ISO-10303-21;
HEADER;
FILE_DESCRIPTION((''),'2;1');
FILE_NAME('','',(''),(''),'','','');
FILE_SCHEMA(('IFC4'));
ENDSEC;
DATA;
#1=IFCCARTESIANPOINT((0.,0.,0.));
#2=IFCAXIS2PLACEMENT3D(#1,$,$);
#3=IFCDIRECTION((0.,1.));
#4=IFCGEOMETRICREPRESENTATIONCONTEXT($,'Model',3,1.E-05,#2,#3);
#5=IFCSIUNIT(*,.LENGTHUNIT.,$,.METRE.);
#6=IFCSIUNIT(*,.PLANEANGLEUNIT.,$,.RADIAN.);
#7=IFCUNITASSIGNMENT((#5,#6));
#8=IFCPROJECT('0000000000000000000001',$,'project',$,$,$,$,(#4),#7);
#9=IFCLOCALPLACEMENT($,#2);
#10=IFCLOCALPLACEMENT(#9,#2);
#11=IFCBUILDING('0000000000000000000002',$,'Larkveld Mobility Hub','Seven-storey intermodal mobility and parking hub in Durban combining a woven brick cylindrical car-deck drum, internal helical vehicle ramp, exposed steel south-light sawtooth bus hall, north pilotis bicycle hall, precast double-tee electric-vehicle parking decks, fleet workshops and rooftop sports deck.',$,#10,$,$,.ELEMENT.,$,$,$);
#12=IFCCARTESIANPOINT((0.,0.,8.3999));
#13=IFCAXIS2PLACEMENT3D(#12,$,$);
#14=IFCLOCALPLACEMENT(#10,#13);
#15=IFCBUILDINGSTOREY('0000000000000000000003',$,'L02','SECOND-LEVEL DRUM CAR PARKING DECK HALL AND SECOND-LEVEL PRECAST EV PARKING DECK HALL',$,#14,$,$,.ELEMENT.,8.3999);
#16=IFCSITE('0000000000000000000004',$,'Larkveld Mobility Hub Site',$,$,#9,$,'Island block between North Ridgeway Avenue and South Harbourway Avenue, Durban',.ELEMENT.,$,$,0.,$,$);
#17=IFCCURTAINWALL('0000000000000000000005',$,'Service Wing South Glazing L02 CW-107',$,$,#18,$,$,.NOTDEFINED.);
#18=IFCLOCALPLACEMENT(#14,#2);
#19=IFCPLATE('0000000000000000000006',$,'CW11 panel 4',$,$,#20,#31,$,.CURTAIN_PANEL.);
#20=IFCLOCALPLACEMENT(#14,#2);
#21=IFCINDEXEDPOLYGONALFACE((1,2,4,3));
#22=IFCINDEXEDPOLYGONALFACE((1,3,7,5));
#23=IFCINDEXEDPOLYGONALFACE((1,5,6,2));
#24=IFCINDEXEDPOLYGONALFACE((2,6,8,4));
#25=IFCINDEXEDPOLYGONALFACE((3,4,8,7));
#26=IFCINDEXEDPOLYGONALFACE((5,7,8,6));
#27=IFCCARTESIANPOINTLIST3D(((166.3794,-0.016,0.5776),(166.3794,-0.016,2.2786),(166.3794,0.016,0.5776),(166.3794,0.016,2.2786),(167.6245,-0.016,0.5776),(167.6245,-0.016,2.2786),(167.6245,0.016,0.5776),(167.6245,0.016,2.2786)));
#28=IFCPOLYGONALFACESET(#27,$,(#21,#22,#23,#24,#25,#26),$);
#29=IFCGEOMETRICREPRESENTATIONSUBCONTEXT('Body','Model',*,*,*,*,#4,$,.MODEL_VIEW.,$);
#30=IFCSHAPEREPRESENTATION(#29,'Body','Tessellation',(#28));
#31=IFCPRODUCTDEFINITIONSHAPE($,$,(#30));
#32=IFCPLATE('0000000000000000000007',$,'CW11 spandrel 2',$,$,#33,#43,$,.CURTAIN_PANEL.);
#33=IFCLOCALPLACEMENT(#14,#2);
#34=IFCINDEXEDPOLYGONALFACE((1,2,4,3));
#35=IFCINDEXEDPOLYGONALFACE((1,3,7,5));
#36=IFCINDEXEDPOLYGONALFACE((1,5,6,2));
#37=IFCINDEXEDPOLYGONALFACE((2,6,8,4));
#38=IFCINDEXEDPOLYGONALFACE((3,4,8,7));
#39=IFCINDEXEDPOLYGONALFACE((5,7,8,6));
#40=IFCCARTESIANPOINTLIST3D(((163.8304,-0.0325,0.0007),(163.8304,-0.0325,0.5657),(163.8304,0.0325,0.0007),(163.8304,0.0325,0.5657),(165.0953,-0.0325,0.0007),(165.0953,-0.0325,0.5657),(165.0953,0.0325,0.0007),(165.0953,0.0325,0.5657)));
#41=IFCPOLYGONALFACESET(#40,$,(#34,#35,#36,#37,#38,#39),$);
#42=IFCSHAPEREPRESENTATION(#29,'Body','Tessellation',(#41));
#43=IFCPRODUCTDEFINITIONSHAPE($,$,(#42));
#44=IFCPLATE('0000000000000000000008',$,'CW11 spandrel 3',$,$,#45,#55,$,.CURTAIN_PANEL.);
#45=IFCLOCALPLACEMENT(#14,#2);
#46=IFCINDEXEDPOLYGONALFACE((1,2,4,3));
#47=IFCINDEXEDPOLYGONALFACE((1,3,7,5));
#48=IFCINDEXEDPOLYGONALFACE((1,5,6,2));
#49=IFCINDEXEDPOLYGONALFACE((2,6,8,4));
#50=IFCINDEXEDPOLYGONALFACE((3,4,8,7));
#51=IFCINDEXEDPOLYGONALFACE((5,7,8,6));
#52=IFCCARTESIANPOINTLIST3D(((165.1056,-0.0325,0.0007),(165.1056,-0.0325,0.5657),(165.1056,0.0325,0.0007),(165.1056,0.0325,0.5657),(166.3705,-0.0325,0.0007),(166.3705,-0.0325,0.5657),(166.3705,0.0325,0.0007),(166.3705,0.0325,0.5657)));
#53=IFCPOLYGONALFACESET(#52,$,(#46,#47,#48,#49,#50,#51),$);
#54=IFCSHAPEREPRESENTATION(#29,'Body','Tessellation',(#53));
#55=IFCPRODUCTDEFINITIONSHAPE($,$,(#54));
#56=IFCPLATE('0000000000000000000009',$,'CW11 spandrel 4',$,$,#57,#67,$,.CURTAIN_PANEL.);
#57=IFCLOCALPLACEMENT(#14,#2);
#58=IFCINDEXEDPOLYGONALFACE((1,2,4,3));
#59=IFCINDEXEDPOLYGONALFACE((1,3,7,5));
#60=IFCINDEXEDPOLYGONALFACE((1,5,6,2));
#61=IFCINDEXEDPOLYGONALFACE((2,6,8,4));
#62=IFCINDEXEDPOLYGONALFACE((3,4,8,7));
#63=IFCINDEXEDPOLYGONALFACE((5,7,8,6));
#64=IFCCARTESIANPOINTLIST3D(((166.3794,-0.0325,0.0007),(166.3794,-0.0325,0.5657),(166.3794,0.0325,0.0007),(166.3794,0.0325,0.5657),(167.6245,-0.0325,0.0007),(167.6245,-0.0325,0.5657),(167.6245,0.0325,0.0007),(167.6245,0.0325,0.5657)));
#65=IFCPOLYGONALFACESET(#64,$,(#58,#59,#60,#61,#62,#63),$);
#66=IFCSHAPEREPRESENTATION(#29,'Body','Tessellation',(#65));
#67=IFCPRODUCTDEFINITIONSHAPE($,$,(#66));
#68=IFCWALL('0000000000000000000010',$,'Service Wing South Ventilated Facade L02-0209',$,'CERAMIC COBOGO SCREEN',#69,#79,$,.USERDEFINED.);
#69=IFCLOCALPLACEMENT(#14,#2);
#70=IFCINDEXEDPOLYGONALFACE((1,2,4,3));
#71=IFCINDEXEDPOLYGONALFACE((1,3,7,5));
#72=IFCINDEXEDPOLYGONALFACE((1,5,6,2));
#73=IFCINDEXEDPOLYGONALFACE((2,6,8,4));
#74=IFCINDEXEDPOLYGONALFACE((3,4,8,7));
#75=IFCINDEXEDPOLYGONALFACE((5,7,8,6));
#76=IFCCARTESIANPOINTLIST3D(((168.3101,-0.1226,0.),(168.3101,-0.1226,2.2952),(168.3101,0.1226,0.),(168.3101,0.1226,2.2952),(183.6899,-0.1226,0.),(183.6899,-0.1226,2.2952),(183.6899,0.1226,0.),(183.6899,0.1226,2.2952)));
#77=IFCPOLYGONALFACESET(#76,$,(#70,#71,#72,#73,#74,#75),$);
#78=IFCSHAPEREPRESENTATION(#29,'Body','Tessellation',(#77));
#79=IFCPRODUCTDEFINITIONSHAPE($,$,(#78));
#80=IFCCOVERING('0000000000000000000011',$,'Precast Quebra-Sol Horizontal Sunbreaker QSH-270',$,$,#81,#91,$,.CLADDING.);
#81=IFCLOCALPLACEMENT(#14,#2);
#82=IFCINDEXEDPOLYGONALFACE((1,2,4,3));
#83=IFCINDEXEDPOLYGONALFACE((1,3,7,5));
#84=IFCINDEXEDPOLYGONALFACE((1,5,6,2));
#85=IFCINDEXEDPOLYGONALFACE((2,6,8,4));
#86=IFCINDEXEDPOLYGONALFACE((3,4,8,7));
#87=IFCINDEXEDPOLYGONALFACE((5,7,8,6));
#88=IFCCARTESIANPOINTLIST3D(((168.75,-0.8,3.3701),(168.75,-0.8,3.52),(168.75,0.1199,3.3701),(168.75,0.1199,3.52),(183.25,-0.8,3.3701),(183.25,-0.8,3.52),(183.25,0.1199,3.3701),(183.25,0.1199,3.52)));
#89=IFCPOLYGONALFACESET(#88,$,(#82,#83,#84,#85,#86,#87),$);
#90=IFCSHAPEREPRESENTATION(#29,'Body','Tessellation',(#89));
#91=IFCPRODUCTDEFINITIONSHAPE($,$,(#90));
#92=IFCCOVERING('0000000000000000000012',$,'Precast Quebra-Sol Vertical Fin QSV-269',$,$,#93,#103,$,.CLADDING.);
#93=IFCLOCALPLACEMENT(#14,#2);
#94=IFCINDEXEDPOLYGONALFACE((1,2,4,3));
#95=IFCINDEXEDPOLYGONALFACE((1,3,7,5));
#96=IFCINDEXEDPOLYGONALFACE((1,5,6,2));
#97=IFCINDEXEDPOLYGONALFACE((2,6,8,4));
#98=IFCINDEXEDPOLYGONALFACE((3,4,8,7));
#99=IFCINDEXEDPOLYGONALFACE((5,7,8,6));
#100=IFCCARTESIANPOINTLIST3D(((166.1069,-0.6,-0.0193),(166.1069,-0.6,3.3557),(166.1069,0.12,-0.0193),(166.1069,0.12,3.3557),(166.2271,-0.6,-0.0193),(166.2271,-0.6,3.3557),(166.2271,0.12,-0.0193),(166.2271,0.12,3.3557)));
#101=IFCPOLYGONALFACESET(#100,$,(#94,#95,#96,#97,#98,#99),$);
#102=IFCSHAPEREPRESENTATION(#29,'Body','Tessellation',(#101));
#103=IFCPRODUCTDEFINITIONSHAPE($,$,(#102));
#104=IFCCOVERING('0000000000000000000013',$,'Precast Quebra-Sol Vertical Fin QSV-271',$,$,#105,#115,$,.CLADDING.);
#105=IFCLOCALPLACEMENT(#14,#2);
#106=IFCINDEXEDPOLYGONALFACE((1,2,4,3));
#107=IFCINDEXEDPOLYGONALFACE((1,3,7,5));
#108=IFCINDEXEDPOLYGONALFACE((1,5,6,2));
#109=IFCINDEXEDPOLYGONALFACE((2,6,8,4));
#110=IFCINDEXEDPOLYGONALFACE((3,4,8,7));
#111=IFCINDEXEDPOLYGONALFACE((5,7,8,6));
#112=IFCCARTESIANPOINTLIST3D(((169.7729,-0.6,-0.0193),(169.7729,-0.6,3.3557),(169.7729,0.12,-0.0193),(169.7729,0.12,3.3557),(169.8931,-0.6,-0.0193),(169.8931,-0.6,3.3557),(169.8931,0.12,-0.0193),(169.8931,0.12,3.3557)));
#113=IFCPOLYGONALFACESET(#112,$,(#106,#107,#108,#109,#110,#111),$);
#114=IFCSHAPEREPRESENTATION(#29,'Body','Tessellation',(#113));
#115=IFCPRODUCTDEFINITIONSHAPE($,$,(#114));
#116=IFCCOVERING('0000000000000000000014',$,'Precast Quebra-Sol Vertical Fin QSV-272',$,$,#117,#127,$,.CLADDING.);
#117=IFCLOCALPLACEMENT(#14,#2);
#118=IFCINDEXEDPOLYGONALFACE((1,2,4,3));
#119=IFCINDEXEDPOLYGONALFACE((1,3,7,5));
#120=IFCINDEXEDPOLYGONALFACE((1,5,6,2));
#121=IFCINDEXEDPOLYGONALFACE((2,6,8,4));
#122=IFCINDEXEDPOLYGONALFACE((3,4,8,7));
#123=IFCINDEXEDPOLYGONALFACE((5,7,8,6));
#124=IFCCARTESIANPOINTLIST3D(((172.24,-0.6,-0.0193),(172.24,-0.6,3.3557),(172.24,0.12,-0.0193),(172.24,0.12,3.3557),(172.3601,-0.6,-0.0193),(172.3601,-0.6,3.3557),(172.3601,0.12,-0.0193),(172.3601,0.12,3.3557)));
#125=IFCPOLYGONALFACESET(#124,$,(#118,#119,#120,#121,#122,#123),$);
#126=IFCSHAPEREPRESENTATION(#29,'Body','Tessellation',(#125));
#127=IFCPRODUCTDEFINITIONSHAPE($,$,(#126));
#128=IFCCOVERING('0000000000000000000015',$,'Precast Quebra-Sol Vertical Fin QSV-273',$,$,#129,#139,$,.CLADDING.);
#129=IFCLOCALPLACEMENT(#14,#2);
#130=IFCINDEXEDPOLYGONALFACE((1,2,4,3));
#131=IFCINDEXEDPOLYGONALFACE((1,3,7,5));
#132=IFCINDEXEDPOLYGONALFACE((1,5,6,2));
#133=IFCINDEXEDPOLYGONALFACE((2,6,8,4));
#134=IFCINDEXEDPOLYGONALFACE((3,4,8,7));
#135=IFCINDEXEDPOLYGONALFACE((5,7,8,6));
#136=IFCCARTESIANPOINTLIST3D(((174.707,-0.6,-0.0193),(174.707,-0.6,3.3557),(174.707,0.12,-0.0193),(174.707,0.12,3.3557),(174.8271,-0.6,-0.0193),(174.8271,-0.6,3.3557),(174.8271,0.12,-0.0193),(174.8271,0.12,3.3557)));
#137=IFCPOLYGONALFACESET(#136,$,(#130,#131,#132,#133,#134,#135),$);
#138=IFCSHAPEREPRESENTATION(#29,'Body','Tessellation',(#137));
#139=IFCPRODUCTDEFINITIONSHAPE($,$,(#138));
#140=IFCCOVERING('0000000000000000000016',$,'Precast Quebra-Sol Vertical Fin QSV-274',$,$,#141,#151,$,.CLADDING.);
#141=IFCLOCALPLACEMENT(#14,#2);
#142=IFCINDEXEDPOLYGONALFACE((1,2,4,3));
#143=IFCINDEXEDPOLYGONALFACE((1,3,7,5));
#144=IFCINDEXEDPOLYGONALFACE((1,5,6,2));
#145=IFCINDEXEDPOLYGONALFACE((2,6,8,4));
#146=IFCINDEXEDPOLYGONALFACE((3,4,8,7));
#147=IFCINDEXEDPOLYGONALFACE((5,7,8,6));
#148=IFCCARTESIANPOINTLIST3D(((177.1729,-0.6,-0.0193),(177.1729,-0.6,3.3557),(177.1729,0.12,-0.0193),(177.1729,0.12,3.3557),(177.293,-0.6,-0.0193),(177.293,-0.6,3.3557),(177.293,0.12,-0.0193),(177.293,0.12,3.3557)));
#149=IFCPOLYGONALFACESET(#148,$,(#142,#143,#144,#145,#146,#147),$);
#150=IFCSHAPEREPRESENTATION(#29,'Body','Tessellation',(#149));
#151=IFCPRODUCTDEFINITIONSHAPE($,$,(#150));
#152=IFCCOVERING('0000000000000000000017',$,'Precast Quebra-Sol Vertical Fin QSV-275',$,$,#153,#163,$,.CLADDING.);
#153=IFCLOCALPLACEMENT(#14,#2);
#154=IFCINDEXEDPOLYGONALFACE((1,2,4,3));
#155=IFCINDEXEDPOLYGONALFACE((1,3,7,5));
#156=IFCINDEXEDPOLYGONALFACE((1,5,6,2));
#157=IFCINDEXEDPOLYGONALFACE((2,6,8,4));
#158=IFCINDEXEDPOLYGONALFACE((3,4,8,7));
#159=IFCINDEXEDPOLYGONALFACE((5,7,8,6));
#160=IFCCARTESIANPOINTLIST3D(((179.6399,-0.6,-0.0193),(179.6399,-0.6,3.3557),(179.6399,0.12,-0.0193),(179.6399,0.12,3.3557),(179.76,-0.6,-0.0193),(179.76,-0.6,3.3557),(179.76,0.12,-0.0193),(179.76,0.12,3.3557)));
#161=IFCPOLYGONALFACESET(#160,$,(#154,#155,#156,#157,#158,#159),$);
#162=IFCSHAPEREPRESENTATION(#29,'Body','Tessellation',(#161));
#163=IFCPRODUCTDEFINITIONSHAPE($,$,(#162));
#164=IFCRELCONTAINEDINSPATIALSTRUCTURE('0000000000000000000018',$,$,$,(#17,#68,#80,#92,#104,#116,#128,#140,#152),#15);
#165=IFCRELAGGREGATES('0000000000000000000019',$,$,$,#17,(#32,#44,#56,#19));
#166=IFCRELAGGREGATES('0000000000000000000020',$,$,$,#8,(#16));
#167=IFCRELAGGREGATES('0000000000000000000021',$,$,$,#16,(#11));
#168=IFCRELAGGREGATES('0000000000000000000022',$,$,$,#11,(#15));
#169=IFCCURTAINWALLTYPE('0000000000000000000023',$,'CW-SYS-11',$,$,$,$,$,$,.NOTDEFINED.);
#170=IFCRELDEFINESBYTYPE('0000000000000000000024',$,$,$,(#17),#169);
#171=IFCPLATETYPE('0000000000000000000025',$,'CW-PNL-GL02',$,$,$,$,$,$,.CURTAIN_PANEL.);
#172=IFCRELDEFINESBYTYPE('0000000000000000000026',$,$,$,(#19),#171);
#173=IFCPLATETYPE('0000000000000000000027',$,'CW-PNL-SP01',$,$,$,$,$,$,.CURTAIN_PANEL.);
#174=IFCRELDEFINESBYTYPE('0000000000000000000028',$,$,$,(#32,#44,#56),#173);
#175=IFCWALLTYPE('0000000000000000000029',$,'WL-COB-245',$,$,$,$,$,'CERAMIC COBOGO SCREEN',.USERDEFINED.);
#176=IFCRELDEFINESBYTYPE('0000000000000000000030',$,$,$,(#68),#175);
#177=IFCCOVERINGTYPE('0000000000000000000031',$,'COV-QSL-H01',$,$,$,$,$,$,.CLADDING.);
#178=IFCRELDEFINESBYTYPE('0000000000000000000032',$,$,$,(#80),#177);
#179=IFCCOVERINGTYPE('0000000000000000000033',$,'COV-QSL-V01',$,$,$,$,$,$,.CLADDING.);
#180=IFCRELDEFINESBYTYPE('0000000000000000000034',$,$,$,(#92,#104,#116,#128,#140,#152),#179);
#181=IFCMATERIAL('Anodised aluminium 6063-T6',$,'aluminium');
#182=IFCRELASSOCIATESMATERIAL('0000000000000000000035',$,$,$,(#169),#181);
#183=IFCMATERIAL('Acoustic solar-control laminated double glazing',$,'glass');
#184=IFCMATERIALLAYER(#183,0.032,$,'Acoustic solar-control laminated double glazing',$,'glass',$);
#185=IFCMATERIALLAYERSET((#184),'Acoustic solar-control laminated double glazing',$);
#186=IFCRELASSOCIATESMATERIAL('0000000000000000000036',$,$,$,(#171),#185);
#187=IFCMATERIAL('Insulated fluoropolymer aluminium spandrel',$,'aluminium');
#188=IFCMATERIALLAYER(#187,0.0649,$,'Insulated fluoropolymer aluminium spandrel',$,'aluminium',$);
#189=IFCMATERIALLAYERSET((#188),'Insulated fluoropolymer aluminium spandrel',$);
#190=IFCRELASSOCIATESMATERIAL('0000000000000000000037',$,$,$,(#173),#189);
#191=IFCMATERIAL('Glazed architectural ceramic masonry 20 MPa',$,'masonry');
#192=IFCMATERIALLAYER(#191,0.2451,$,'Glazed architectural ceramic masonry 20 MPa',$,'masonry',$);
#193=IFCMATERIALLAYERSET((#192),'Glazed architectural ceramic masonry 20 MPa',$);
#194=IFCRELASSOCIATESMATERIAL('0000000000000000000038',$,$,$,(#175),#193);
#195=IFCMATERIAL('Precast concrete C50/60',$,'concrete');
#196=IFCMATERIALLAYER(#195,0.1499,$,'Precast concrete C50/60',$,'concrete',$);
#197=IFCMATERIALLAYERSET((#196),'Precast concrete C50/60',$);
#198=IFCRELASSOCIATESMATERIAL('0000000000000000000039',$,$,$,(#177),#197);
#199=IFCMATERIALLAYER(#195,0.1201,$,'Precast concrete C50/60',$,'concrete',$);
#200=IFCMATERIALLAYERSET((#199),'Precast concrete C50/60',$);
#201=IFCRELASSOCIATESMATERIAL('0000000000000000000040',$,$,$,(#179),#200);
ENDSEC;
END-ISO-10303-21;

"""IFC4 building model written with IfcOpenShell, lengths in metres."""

from ifc_helpers import new_model, si_unit, direction, frame, frame_2d, origin, origin_2d, place, context, subcontext, project, spatial, rectangle, extrude, material, layer, layer_set, type_object, element, aggregate, save


model = new_model("IFC4")

# Units and contexts
model_context = context("Model", 3, precision=1e-05, world=origin(), true_north=direction((0.0, 1.0)))
body_context = subcontext(model_context, "Body", "Model", "MODEL_VIEW")
ifc_project = project(units=[si_unit("LENGTHUNIT", "METRE"), si_unit("PLANEANGLEUNIT", "RADIAN")], contexts=[model_context])

# Site, building, storey
site_placement = place(None, origin())
site = spatial("IfcSite", under=ifc_project, at=site_placement, Name="Larkveld Mobility Hub Site", LongName="Island block between North Ridgeway Avenue and South Harbourway Avenue, Durban", CompositionType="ELEMENT", RefElevation=0.0)
building_placement = place(site_placement, origin())
building = spatial("IfcBuilding", under=site, at=building_placement, Name="Larkveld Mobility Hub", Description="Seven-storey intermodal mobility and parking hub in Durban combining a woven brick cylindrical car-deck drum, internal helical vehicle ramp, exposed steel south-light sawtooth bus hall, north pilotis bicycle hall, precast double-tee electric-vehicle parking decks, fleet workshops and rooftop sports deck.", CompositionType="ELEMENT")
storey_placement = place(building_placement, frame((0.0, 0.0, 8.3999)))
storey = spatial("IfcBuildingStorey", under=building, at=storey_placement, Name="L02", Description="SECOND-LEVEL DRUM CAR PARKING DECK HALL AND SECOND-LEVEL PRECAST EV PARKING DECK HALL", CompositionType="ELEMENT", Elevation=8.3999)

# Shared definitions
ifc_material_1 = material(Name="Precast concrete C50/60", Category="concrete")

# Curtain wall, plates
ifc_material_2 = material(Name="Anodised aluminium 6063-T6", Category="aluminium")
curtain_wall_type = type_object("IfcCurtainWallType", Name="CW-SYS-11", PredefinedType="NOTDEFINED", material=ifc_material_2)
curtain_wall_placement = place(storey_placement, origin())
curtain_wall = element("IfcCurtainWall", 1, at=curtain_wall_placement, inside=storey, type_object=curtain_wall_type, Name="Service Wing South Glazing L02 CW-107", PredefinedType="NOTDEFINED")
ifc_material_3 = material(Name="Acoustic solar-control laminated double glazing", Category="glass")
ifc_layer_1 = layer(ifc_material_3, 0.032, Name="Acoustic solar-control laminated double glazing", Category="glass")
ifc_layer_set_1 = layer_set([ifc_layer_1], Name="Acoustic solar-control laminated double glazing")
plate_type_1 = type_object("IfcPlateType", Name="CW-PNL-GL02", PredefinedType="CURTAIN_PANEL", material=ifc_layer_set_1)
plate_1_placement = place(storey_placement, frame((167.002, 0.0, 0.5776), z_axis=(0.0, 0.0, 1.0), x_axis=(1.0, 0.0, 0.0)))
plate_1 = element("IfcPlate", 2, at=plate_1_placement, type_object=plate_type_1, Name="CW11 panel 4", PredefinedType="CURTAIN_PANEL", context=body_context, shape_type="SweptSolid", body=[
    extrude(rectangle(XDim=1.2451, YDim=0.032, at=origin_2d()), origin(), (0.0, 0.0, 1.0), 1.7009),
])
ifc_material_4 = material(Name="Insulated fluoropolymer aluminium spandrel", Category="aluminium")
ifc_layer_2 = layer(ifc_material_4, 0.0649, Name="Insulated fluoropolymer aluminium spandrel", Category="aluminium")
ifc_layer_set_2 = layer_set([ifc_layer_2], Name="Insulated fluoropolymer aluminium spandrel")
plate_type_2 = type_object("IfcPlateType", Name="CW-PNL-SP01", PredefinedType="CURTAIN_PANEL", material=ifc_layer_set_2)
plate_2_placement = place(storey_placement, frame((164.4629, 0.0, 0.0007), z_axis=(0.0, 0.0, 1.0), x_axis=(1.0, 0.0, 0.0)))
plate_2 = element("IfcPlate", 3, at=plate_2_placement, type_object=plate_type_2, Name="CW11 spandrel 2", PredefinedType="CURTAIN_PANEL", context=body_context, shape_type="SweptSolid", body=[
    extrude(rectangle(XDim=1.2649, YDim=0.0649, at=origin_2d()), origin(), (0.0, 0.0, 1.0), 0.5649),
])
plate_3_placement = place(storey_placement, frame((165.738, 0.0, 0.0007), z_axis=(0.0, 0.0, 1.0), x_axis=(1.0, 0.0, 0.0)))
plate_3 = element("IfcPlate", 4, at=plate_3_placement, type_object=plate_type_2, Name="CW11 spandrel 3", PredefinedType="CURTAIN_PANEL", context=body_context, shape_type="SweptSolid", body=[
    extrude(rectangle(XDim=1.2649, YDim=0.0649, at=origin_2d()), origin(), (0.0, 0.0, 1.0), 0.5649),
])
plate_4_placement = place(storey_placement, frame((167.002, 0.0, 0.0007), z_axis=(0.0, 0.0, 1.0), x_axis=(1.0, 0.0, 0.0)))
plate_4 = element("IfcPlate", 5, at=plate_4_placement, type_object=plate_type_2, Name="CW11 spandrel 4", PredefinedType="CURTAIN_PANEL", context=body_context, shape_type="SweptSolid", body=[
    extrude(rectangle(XDim=1.2451, YDim=0.0649, at=origin_2d()), origin(), (0.0, 0.0, 1.0), 0.5649),
])
aggregate(curtain_wall, [plate_2, plate_3, plate_4, plate_1])

# Wall
ifc_material_5 = material(Name="Glazed architectural ceramic masonry 20 MPa", Category="masonry")
ifc_layer_3 = layer(ifc_material_5, 0.2451, Name="Glazed architectural ceramic masonry 20 MPa", Category="masonry")
ifc_layer_set_3 = layer_set([ifc_layer_3], Name="Glazed architectural ceramic masonry 20 MPa")
wall_type = type_object("IfcWallType", Name="WL-COB-245", ElementType="CERAMIC COBOGO SCREEN", PredefinedType="USERDEFINED", material=ifc_layer_set_3)
wall_placement = place(storey_placement, frame((168.3101, 0.0, 0.0), z_axis=(0.0, 0.0, 1.0), x_axis=(1.0, 0.0, 0.0)))
element("IfcWall", 6, at=wall_placement, inside=storey, type_object=wall_type, Name="Service Wing South Ventilated Facade L02-0209", ObjectType="CERAMIC COBOGO SCREEN", PredefinedType="USERDEFINED", context=body_context, shape_type="SweptSolid", body=[
    extrude(rectangle(XDim=15.3799, YDim=0.2451, at=frame_2d((7.6899, 0.0))), origin(), (0.0, 0.0, 1.0), 2.2952),
])

# Coverings
ifc_layer_4 = layer(ifc_material_1, 0.1499, Name="Precast concrete C50/60", Category="concrete")
ifc_layer_set_4 = layer_set([ifc_layer_4], Name="Precast concrete C50/60")
covering_type_1 = type_object("IfcCoveringType", Name="COV-QSL-H01", PredefinedType="CLADDING", material=ifc_layer_set_4)
covering_placement = place(storey_placement, frame((176.0, -0.3401, 3.3701), z_axis=(0.0, 0.0, 1.0), x_axis=(1.0, 0.0, 0.0)))
element("IfcCovering", 7, at=covering_placement, inside=storey, type_object=covering_type_1, Name="Precast Quebra-Sol Horizontal Sunbreaker QSH-270", PredefinedType="CLADDING", context=body_context, shape_type="SweptSolid", body=[
    extrude(rectangle(XDim=14.5, YDim=0.9199, at=origin_2d()), origin(), (0.0, 0.0, 1.0), 0.1499),
])
ifc_layer_5 = layer(ifc_material_1, 0.1201, Name="Precast concrete C50/60", Category="concrete")
ifc_layer_set_5 = layer_set([ifc_layer_5], Name="Precast concrete C50/60")
covering_type_2 = type_object("IfcCoveringType", Name="COV-QSL-V01", PredefinedType="CLADDING", material=ifc_layer_set_5)
for number, where, z_axis, x_axis, name in (
    (8, (166.167, -0.24, -0.0193), (0.0, 0.0, 1.0), (1.0, 0.0, 0.0), "Precast Quebra-Sol Vertical Fin QSV-269"),
    (9, (169.833, -0.24, -0.0193), (0.0, 0.0, 1.0), (1.0, 0.0, 0.0), "Precast Quebra-Sol Vertical Fin QSV-271"),
    (10, (172.3, -0.24, -0.0193), (0.0, 0.0, 1.0), (1.0, 0.0, 0.0), "Precast Quebra-Sol Vertical Fin QSV-272"),
    (11, (174.7671, -0.24, -0.0193), (0.0, 0.0, 1.0), (1.0, 0.0, 0.0), "Precast Quebra-Sol Vertical Fin QSV-273"),
    (12, (177.2329, -0.24, -0.0193), (0.0, 0.0, 1.0), (1.0, 0.0, 0.0), "Precast Quebra-Sol Vertical Fin QSV-274"),
    (13, (179.7, -0.24, -0.0193), (0.0, 0.0, 1.0), (1.0, 0.0, 0.0), "Precast Quebra-Sol Vertical Fin QSV-275"),
):
    element("IfcCovering", number, at=place(storey_placement, frame(where, z_axis=z_axis, x_axis=x_axis)), inside=storey, type_object=covering_type_2, Name=name, PredefinedType="CLADDING", context=body_context, shape_type="SweptSolid", body=[
        extrude(rectangle(XDim=0.1201, YDim=0.72, at=origin_2d()), origin(), (0.0, 0.0, 1.0), 3.375),
    ])

save(model, "model.ifc")
